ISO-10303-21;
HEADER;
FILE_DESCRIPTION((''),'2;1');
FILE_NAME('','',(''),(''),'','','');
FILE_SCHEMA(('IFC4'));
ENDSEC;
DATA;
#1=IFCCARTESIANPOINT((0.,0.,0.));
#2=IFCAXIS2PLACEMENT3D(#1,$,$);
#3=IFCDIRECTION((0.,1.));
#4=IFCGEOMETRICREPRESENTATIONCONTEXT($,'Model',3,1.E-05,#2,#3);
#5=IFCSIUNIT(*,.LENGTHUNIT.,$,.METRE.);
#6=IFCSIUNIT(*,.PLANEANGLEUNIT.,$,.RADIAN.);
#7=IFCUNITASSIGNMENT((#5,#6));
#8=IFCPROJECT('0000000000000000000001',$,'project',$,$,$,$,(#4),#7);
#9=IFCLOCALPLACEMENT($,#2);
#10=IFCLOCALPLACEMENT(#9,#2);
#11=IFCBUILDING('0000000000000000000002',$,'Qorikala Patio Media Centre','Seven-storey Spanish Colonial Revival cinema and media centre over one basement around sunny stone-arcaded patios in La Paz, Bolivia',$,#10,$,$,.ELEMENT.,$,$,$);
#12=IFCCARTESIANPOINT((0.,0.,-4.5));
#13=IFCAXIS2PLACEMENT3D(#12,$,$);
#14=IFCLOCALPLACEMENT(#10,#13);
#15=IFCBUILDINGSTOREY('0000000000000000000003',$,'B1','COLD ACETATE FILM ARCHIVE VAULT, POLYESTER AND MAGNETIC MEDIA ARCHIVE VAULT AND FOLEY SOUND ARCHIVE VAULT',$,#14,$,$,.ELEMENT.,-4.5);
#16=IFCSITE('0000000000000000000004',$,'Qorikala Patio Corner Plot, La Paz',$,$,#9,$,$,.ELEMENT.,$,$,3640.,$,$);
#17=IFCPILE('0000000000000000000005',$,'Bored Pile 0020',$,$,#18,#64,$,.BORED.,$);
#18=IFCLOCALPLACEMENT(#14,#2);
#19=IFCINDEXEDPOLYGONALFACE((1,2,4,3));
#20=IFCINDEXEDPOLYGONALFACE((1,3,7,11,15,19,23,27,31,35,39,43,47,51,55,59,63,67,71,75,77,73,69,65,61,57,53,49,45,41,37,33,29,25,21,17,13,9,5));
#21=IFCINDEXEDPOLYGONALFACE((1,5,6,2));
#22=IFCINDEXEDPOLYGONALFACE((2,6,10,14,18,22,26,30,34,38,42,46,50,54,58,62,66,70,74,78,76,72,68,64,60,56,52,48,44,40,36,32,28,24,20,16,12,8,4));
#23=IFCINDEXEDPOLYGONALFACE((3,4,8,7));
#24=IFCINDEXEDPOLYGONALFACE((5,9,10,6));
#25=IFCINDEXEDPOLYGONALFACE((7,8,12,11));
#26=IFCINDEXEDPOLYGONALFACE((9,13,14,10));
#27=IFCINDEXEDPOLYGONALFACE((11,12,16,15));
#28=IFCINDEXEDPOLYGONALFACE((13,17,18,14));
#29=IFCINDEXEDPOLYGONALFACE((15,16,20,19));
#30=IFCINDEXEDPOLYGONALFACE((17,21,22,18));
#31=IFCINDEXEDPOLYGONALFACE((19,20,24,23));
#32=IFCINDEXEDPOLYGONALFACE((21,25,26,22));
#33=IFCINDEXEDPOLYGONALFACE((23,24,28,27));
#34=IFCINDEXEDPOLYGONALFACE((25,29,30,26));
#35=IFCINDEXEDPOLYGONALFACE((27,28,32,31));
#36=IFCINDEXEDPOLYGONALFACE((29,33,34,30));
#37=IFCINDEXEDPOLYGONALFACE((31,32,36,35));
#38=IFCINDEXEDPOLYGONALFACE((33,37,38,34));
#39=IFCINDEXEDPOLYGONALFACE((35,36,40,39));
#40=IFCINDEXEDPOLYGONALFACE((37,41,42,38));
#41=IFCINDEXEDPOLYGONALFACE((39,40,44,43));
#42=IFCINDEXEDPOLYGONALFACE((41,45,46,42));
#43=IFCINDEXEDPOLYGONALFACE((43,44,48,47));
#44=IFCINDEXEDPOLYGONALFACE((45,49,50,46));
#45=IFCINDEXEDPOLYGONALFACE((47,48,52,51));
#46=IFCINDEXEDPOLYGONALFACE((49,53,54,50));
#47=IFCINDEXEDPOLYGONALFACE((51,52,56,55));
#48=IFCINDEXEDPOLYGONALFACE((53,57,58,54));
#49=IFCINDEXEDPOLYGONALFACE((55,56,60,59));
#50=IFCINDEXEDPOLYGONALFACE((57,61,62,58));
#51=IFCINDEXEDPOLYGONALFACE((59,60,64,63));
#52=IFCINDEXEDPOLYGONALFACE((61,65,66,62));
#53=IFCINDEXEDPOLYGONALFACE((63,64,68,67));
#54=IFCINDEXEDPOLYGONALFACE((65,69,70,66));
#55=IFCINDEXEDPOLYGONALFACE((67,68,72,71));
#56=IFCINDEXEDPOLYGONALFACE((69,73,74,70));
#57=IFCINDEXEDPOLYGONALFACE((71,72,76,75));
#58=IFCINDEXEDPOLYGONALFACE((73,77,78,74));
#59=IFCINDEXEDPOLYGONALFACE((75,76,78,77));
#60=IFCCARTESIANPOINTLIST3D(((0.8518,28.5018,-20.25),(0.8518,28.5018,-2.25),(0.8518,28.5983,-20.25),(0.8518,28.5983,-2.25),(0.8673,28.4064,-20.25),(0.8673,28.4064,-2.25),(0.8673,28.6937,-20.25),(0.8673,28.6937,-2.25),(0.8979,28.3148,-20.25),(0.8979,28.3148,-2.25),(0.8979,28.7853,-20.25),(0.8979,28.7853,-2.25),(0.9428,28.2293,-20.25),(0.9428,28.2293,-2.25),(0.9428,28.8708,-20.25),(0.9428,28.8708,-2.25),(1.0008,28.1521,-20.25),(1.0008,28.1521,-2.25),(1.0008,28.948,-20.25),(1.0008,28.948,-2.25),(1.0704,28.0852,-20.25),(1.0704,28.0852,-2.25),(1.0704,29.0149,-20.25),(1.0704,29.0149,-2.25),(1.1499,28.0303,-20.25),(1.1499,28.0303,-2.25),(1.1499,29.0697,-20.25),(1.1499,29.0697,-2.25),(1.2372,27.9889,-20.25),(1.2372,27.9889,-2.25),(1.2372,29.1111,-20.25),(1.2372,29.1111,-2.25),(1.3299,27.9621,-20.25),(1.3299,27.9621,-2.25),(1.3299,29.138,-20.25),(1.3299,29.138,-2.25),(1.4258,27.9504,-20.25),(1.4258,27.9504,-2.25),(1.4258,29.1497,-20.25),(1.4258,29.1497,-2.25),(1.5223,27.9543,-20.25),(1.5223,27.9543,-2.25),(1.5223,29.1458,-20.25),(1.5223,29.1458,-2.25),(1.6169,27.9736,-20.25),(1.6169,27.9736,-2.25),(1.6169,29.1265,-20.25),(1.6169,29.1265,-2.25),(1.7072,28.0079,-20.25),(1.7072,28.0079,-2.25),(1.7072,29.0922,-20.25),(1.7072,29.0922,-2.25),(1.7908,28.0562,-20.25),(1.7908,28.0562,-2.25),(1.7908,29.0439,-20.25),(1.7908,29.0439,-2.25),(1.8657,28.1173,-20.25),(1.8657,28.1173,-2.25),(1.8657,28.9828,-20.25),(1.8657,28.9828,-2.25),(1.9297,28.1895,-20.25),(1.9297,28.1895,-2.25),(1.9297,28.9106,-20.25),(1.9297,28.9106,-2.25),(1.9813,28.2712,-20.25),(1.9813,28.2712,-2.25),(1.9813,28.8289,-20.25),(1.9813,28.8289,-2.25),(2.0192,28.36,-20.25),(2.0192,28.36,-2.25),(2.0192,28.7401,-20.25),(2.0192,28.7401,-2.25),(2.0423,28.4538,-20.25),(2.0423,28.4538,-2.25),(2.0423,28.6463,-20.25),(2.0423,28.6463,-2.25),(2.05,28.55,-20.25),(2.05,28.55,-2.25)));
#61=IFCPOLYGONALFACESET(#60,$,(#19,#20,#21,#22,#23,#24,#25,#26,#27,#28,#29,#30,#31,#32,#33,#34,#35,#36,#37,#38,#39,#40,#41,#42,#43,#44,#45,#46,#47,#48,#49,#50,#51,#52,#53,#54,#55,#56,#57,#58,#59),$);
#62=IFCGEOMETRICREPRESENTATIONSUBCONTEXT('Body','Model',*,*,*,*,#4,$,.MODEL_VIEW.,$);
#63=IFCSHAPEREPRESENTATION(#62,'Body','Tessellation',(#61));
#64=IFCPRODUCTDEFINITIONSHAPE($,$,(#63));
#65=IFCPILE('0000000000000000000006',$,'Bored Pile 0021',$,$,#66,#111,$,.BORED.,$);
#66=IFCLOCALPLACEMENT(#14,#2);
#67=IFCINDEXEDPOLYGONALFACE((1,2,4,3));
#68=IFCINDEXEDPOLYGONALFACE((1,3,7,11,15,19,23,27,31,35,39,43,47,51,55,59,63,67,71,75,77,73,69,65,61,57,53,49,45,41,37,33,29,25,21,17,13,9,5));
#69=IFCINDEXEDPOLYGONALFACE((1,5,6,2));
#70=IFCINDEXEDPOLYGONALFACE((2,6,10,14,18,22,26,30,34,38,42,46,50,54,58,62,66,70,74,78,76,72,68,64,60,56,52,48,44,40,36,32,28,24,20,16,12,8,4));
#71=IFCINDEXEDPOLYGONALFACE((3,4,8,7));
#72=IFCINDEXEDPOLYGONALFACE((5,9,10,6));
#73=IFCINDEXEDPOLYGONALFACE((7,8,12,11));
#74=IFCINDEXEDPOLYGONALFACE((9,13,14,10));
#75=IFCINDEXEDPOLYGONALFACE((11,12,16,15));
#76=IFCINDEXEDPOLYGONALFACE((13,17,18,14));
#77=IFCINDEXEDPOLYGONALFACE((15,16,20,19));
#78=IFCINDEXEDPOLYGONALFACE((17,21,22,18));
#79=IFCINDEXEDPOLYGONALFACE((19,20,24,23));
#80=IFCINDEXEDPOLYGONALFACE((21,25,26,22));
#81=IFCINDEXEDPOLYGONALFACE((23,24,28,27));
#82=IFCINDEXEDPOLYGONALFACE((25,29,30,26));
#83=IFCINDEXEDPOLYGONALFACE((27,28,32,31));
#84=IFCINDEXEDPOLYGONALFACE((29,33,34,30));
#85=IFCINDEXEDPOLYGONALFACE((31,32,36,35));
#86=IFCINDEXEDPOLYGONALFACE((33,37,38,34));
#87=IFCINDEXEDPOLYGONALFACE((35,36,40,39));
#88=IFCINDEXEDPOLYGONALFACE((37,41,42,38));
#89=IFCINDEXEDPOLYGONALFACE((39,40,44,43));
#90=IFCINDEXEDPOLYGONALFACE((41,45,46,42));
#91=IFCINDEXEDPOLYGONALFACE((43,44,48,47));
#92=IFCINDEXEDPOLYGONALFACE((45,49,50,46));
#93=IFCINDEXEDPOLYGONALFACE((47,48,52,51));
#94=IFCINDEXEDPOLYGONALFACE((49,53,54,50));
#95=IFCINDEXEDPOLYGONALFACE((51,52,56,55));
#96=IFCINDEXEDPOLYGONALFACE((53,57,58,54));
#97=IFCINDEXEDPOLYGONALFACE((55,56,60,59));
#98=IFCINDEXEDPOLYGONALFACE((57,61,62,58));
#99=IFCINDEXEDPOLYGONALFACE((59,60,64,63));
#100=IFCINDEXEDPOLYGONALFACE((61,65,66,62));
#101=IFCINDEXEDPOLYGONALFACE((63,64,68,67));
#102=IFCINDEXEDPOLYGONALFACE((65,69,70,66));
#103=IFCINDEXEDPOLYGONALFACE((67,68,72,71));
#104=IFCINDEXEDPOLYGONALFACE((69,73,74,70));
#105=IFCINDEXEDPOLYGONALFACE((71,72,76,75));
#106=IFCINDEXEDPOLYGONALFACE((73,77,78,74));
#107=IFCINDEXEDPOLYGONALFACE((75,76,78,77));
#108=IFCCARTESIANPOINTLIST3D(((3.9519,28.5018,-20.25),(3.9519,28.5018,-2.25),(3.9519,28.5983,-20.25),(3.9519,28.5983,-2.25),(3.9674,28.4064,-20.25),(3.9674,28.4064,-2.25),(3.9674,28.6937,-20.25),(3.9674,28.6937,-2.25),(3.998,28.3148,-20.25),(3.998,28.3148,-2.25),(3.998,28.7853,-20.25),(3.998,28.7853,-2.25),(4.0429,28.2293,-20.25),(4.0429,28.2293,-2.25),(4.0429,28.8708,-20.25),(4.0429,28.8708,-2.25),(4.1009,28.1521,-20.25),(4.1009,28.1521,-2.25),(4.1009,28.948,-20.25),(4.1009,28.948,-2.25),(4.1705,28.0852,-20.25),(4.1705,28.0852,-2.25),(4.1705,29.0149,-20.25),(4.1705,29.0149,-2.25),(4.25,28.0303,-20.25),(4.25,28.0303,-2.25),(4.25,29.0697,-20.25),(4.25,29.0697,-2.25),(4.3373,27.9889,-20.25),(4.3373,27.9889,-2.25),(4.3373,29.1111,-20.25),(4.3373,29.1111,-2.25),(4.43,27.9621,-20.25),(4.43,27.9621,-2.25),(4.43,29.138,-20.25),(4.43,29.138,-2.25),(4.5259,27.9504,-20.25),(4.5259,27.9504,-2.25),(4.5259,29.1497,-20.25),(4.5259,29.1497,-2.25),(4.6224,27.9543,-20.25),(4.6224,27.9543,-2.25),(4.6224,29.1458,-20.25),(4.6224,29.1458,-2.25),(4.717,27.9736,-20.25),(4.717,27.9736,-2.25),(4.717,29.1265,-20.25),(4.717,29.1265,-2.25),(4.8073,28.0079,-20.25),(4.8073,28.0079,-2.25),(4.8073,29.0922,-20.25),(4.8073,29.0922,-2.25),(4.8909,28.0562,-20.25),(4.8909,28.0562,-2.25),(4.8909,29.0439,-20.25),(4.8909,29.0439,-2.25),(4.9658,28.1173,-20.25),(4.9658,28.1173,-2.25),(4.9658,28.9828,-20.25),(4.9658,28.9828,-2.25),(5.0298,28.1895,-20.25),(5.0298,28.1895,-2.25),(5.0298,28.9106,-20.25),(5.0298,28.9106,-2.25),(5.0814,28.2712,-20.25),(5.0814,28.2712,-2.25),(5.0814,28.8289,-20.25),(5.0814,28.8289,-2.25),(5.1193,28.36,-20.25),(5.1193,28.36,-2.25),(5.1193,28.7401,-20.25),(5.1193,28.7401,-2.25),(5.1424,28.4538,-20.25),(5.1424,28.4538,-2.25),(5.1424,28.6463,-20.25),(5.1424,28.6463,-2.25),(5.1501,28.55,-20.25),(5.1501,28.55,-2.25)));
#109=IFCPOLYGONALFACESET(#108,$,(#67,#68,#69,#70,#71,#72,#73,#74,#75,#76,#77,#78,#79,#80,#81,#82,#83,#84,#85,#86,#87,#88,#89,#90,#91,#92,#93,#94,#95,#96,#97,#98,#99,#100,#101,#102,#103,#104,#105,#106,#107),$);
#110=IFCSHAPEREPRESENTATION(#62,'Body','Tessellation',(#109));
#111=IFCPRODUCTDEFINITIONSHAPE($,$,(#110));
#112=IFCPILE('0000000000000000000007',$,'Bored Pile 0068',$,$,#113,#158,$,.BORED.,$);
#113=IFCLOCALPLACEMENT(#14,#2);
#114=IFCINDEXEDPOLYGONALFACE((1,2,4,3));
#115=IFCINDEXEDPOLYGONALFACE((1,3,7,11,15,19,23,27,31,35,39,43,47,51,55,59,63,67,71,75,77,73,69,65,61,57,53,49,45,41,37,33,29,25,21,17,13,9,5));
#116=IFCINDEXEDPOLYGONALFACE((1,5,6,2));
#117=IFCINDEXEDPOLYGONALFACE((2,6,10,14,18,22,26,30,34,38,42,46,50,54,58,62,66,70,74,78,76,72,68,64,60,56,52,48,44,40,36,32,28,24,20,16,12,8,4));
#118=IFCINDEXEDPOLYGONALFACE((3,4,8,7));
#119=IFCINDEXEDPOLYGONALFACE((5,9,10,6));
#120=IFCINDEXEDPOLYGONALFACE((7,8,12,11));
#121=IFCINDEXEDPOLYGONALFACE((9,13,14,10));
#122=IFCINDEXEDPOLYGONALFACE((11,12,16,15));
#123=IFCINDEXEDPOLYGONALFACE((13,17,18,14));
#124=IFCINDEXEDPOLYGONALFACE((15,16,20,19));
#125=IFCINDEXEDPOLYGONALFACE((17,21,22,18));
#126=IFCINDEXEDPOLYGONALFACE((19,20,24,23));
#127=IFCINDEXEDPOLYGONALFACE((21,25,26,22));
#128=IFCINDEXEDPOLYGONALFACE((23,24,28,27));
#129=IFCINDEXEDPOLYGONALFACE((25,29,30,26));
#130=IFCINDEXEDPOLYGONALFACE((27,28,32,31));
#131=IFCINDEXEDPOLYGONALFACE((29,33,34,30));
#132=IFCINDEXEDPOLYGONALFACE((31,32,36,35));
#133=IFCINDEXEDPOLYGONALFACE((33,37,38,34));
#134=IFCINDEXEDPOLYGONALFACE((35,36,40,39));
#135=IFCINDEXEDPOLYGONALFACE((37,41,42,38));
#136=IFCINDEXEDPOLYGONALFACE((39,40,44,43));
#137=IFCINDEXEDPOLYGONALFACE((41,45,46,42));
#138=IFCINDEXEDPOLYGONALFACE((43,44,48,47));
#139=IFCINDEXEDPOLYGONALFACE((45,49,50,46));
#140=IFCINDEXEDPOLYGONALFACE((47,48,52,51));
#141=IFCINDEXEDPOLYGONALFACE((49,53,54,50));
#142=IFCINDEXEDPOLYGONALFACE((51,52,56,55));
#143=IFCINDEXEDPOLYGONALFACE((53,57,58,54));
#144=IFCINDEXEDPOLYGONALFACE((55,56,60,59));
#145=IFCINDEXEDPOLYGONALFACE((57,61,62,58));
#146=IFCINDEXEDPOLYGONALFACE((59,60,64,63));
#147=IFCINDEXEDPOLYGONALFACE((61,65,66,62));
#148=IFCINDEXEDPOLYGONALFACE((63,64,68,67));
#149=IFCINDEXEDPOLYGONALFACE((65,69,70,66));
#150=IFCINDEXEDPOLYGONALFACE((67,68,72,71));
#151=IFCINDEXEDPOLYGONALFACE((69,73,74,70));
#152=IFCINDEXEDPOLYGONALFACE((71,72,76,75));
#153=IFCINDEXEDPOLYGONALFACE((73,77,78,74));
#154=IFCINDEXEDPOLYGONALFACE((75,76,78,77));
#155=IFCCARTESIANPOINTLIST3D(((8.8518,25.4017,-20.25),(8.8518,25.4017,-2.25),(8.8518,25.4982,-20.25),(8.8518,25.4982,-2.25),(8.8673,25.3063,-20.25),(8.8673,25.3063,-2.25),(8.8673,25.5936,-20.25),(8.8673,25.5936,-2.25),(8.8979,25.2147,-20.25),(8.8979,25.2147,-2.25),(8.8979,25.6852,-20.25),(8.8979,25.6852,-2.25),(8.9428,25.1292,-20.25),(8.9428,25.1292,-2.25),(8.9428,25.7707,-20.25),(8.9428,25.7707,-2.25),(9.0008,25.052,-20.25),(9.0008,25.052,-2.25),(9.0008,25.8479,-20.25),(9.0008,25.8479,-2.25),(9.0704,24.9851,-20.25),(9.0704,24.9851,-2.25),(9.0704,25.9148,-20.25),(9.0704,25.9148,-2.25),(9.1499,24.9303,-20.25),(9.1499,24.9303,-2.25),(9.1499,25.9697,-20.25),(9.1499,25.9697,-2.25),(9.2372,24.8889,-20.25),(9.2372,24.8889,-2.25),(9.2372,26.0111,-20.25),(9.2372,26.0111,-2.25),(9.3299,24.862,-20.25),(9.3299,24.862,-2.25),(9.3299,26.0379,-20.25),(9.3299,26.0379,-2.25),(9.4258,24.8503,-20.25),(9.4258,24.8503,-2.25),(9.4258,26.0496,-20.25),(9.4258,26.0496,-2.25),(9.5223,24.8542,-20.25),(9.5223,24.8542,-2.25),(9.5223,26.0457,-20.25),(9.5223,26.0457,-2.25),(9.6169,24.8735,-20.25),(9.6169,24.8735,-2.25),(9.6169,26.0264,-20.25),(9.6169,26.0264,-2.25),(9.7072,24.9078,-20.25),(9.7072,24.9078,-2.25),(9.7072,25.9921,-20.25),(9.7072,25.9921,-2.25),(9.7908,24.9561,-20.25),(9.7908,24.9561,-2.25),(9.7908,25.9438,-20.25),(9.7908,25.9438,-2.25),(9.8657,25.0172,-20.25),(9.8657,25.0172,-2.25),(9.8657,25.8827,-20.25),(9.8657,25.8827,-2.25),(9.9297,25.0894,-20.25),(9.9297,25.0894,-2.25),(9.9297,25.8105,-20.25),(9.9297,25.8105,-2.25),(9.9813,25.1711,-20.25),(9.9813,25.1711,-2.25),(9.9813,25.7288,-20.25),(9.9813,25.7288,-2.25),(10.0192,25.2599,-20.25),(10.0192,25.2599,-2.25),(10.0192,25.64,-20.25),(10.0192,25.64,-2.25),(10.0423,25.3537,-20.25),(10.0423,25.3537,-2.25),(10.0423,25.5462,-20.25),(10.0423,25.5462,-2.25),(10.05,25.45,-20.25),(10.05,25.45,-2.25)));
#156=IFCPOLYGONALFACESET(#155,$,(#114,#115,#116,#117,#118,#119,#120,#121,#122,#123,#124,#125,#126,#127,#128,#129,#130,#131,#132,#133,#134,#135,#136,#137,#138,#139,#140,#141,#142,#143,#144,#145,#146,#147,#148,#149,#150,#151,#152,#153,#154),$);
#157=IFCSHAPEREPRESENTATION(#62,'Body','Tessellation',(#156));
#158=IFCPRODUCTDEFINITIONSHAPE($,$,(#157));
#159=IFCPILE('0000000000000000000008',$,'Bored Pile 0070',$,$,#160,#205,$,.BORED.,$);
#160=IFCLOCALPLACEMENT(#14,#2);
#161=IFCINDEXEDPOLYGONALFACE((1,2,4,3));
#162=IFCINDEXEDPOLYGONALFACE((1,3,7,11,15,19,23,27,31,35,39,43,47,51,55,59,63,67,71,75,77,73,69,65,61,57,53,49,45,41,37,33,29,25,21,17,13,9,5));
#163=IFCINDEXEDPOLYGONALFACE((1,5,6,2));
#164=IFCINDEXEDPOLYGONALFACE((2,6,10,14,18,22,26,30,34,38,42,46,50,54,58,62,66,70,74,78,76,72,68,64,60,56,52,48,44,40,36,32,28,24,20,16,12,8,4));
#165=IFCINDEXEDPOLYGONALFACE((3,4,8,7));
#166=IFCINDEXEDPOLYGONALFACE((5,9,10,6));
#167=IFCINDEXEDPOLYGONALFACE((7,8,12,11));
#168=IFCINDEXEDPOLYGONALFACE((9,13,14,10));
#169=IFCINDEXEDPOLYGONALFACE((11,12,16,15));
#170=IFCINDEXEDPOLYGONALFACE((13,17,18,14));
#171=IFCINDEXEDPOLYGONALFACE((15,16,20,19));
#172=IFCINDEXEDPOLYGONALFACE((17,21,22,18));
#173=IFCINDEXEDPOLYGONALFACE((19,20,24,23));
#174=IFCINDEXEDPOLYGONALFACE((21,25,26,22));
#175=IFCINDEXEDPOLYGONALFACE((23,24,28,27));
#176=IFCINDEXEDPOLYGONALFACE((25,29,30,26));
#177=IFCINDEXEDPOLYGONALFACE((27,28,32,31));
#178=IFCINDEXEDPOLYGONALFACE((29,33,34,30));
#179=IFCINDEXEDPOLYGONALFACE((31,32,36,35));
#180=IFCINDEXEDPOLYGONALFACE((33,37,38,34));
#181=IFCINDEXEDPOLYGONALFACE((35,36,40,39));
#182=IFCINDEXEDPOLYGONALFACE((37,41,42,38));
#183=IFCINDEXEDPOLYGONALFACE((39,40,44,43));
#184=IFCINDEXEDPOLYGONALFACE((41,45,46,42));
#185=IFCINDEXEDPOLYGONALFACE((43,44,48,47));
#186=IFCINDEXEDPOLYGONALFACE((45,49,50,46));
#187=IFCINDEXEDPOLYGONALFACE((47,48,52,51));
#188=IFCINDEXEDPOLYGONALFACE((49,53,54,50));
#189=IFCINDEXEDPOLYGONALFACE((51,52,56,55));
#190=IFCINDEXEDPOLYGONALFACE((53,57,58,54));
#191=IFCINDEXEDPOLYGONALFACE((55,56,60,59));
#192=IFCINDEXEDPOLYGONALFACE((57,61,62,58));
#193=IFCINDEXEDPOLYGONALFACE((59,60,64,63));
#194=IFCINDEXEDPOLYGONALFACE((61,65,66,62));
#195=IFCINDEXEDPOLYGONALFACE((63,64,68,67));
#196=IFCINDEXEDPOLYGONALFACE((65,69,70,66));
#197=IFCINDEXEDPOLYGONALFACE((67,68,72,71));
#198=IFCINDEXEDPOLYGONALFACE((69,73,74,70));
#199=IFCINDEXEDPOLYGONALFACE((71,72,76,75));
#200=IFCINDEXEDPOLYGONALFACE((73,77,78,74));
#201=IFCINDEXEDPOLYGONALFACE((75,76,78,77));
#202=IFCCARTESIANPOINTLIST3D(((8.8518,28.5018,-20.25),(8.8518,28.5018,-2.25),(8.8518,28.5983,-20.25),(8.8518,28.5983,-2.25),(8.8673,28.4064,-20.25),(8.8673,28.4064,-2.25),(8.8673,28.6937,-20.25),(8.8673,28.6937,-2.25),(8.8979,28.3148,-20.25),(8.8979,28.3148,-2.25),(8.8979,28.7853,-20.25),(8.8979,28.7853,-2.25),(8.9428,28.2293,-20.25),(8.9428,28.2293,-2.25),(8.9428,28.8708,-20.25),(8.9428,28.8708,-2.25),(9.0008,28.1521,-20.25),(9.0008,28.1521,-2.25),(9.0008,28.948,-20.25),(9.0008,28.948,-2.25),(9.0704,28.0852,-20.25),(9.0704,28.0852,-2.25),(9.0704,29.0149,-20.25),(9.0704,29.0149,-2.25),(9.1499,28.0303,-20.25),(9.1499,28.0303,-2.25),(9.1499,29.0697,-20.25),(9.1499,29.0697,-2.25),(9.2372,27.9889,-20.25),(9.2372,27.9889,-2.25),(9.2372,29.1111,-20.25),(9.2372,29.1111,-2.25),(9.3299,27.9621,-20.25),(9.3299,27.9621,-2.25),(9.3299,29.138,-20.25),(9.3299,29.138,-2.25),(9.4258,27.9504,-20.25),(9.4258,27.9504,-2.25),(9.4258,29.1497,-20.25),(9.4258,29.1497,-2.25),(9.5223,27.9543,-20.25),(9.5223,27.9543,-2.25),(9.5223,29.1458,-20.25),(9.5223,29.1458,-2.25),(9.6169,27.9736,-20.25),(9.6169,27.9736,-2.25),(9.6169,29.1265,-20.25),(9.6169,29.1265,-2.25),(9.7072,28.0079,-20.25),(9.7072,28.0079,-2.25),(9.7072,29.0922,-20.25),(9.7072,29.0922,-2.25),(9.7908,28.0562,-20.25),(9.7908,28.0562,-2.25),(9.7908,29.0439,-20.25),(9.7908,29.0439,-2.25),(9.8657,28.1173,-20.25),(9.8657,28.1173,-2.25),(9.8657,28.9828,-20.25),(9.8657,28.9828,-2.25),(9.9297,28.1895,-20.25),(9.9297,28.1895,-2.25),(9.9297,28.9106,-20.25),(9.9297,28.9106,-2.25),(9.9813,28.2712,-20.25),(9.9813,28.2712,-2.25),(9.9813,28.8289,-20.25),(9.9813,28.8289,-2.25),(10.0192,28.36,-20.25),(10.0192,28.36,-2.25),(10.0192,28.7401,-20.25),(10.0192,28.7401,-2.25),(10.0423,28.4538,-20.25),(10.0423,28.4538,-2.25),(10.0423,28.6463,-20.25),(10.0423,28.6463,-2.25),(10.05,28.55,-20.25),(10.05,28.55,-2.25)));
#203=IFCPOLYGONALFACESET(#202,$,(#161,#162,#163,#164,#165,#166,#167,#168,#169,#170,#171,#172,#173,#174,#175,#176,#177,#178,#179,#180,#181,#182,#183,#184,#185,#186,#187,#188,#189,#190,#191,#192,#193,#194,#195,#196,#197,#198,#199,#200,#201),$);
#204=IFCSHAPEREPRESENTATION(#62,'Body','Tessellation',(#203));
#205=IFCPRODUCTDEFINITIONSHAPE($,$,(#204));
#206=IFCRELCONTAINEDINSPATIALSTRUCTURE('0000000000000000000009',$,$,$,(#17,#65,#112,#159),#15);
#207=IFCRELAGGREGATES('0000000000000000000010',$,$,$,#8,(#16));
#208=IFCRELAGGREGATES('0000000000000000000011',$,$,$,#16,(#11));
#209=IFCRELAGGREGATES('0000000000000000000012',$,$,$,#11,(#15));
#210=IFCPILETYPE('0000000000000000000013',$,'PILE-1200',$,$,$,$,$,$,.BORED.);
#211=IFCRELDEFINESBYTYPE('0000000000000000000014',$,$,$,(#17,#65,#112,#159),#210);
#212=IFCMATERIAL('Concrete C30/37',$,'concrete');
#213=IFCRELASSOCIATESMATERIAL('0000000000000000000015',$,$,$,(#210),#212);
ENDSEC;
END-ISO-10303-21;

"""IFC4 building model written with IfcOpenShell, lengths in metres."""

from ifc_helpers import new_model, si_unit, direction, frame, origin, origin_2d, place, context, subcontext, project, spatial, circle, extrude, material, material_profile, profile_set, type_object, element, save


model = new_model("IFC4")

# Units and contexts
model_context = context("Model", 3, precision=1e-05, world=origin(), true_north=direction((0.0, 1.0)))
body_context = subcontext(model_context, "Body", "Model", "MODEL_VIEW")
ifc_project = project(units=[si_unit("LENGTHUNIT", "METRE"), si_unit("PLANEANGLEUNIT", "RADIAN")], contexts=[model_context])

# Site, building, storey
site_placement = place(None, origin())
site = spatial("IfcSite", under=ifc_project, at=site_placement, Name="Qorikala Patio Corner Plot, La Paz", CompositionType="ELEMENT", RefElevation=3640.0)
building_placement = place(site_placement, origin())
building = spatial("IfcBuilding", under=site, at=building_placement, Name="Qorikala Patio Media Centre", Description="Seven-storey Spanish Colonial Revival cinema and media centre over one basement around sunny stone-arcaded patios in La Paz, Bolivia", CompositionType="ELEMENT")
storey_placement = place(building_placement, frame((0.0, 0.0, -4.5)))
storey = spatial("IfcBuildingStorey", under=building, at=storey_placement, Name="B1", Description="COLD ACETATE FILM ARCHIVE VAULT, POLYESTER AND MAGNETIC MEDIA ARCHIVE VAULT AND FOLEY SOUND ARCHIVE VAULT", CompositionType="ELEMENT", Elevation=-4.5)

# Shared definitions
ifc_material_1 = material(Name="Concrete C30/37", Category="concrete")

# Piles
ifc_material_profile_1 = material_profile(ifc_material_1, circle(Radius=0.6001, at=origin_2d()), Name="BORED PILE 1200")
ifc_profile_set_1 = profile_set([ifc_material_profile_1], Name="Concrete C30/37")
pile_type_1 = type_object("IfcPileType", Name="PILE-1200", PredefinedType="BORED", material=ifc_profile_set_1)
for number, where, z_axis, x_axis, name in (
    (1, (1.45, 28.55, -2.25), (0.0, 0.0, -1.0), (1.0, 0.0, 0.0), "Bored Pile 0020"),
    (2, (4.55, 28.55, -2.25), (0.0, 0.0, -1.0), (1.0, 0.0, 0.0), "Bored Pile 0021"),
    (3, (9.45, 25.45, -2.25), (0.0, 0.0, -1.0), (1.0, 0.0, 0.0), "Bored Pile 0068"),
    (4, (9.45, 28.55, -2.25), (0.0, 0.0, -1.0), (1.0, 0.0, 0.0), "Bored Pile 0070"),
):
    element("IfcPile", number, at=place(storey_placement, frame(where, z_axis=z_axis, x_axis=x_axis)), inside=storey, type_object=pile_type_1, Name=name, PredefinedType="BORED", context=body_context, shape_type="SweptSolid", body=[
        extrude(circle(Radius=0.6001, at=origin_2d()), origin(), (0.0, 0.0, 1.0), 18.0),
    ])

save(model, "model.ifc")
